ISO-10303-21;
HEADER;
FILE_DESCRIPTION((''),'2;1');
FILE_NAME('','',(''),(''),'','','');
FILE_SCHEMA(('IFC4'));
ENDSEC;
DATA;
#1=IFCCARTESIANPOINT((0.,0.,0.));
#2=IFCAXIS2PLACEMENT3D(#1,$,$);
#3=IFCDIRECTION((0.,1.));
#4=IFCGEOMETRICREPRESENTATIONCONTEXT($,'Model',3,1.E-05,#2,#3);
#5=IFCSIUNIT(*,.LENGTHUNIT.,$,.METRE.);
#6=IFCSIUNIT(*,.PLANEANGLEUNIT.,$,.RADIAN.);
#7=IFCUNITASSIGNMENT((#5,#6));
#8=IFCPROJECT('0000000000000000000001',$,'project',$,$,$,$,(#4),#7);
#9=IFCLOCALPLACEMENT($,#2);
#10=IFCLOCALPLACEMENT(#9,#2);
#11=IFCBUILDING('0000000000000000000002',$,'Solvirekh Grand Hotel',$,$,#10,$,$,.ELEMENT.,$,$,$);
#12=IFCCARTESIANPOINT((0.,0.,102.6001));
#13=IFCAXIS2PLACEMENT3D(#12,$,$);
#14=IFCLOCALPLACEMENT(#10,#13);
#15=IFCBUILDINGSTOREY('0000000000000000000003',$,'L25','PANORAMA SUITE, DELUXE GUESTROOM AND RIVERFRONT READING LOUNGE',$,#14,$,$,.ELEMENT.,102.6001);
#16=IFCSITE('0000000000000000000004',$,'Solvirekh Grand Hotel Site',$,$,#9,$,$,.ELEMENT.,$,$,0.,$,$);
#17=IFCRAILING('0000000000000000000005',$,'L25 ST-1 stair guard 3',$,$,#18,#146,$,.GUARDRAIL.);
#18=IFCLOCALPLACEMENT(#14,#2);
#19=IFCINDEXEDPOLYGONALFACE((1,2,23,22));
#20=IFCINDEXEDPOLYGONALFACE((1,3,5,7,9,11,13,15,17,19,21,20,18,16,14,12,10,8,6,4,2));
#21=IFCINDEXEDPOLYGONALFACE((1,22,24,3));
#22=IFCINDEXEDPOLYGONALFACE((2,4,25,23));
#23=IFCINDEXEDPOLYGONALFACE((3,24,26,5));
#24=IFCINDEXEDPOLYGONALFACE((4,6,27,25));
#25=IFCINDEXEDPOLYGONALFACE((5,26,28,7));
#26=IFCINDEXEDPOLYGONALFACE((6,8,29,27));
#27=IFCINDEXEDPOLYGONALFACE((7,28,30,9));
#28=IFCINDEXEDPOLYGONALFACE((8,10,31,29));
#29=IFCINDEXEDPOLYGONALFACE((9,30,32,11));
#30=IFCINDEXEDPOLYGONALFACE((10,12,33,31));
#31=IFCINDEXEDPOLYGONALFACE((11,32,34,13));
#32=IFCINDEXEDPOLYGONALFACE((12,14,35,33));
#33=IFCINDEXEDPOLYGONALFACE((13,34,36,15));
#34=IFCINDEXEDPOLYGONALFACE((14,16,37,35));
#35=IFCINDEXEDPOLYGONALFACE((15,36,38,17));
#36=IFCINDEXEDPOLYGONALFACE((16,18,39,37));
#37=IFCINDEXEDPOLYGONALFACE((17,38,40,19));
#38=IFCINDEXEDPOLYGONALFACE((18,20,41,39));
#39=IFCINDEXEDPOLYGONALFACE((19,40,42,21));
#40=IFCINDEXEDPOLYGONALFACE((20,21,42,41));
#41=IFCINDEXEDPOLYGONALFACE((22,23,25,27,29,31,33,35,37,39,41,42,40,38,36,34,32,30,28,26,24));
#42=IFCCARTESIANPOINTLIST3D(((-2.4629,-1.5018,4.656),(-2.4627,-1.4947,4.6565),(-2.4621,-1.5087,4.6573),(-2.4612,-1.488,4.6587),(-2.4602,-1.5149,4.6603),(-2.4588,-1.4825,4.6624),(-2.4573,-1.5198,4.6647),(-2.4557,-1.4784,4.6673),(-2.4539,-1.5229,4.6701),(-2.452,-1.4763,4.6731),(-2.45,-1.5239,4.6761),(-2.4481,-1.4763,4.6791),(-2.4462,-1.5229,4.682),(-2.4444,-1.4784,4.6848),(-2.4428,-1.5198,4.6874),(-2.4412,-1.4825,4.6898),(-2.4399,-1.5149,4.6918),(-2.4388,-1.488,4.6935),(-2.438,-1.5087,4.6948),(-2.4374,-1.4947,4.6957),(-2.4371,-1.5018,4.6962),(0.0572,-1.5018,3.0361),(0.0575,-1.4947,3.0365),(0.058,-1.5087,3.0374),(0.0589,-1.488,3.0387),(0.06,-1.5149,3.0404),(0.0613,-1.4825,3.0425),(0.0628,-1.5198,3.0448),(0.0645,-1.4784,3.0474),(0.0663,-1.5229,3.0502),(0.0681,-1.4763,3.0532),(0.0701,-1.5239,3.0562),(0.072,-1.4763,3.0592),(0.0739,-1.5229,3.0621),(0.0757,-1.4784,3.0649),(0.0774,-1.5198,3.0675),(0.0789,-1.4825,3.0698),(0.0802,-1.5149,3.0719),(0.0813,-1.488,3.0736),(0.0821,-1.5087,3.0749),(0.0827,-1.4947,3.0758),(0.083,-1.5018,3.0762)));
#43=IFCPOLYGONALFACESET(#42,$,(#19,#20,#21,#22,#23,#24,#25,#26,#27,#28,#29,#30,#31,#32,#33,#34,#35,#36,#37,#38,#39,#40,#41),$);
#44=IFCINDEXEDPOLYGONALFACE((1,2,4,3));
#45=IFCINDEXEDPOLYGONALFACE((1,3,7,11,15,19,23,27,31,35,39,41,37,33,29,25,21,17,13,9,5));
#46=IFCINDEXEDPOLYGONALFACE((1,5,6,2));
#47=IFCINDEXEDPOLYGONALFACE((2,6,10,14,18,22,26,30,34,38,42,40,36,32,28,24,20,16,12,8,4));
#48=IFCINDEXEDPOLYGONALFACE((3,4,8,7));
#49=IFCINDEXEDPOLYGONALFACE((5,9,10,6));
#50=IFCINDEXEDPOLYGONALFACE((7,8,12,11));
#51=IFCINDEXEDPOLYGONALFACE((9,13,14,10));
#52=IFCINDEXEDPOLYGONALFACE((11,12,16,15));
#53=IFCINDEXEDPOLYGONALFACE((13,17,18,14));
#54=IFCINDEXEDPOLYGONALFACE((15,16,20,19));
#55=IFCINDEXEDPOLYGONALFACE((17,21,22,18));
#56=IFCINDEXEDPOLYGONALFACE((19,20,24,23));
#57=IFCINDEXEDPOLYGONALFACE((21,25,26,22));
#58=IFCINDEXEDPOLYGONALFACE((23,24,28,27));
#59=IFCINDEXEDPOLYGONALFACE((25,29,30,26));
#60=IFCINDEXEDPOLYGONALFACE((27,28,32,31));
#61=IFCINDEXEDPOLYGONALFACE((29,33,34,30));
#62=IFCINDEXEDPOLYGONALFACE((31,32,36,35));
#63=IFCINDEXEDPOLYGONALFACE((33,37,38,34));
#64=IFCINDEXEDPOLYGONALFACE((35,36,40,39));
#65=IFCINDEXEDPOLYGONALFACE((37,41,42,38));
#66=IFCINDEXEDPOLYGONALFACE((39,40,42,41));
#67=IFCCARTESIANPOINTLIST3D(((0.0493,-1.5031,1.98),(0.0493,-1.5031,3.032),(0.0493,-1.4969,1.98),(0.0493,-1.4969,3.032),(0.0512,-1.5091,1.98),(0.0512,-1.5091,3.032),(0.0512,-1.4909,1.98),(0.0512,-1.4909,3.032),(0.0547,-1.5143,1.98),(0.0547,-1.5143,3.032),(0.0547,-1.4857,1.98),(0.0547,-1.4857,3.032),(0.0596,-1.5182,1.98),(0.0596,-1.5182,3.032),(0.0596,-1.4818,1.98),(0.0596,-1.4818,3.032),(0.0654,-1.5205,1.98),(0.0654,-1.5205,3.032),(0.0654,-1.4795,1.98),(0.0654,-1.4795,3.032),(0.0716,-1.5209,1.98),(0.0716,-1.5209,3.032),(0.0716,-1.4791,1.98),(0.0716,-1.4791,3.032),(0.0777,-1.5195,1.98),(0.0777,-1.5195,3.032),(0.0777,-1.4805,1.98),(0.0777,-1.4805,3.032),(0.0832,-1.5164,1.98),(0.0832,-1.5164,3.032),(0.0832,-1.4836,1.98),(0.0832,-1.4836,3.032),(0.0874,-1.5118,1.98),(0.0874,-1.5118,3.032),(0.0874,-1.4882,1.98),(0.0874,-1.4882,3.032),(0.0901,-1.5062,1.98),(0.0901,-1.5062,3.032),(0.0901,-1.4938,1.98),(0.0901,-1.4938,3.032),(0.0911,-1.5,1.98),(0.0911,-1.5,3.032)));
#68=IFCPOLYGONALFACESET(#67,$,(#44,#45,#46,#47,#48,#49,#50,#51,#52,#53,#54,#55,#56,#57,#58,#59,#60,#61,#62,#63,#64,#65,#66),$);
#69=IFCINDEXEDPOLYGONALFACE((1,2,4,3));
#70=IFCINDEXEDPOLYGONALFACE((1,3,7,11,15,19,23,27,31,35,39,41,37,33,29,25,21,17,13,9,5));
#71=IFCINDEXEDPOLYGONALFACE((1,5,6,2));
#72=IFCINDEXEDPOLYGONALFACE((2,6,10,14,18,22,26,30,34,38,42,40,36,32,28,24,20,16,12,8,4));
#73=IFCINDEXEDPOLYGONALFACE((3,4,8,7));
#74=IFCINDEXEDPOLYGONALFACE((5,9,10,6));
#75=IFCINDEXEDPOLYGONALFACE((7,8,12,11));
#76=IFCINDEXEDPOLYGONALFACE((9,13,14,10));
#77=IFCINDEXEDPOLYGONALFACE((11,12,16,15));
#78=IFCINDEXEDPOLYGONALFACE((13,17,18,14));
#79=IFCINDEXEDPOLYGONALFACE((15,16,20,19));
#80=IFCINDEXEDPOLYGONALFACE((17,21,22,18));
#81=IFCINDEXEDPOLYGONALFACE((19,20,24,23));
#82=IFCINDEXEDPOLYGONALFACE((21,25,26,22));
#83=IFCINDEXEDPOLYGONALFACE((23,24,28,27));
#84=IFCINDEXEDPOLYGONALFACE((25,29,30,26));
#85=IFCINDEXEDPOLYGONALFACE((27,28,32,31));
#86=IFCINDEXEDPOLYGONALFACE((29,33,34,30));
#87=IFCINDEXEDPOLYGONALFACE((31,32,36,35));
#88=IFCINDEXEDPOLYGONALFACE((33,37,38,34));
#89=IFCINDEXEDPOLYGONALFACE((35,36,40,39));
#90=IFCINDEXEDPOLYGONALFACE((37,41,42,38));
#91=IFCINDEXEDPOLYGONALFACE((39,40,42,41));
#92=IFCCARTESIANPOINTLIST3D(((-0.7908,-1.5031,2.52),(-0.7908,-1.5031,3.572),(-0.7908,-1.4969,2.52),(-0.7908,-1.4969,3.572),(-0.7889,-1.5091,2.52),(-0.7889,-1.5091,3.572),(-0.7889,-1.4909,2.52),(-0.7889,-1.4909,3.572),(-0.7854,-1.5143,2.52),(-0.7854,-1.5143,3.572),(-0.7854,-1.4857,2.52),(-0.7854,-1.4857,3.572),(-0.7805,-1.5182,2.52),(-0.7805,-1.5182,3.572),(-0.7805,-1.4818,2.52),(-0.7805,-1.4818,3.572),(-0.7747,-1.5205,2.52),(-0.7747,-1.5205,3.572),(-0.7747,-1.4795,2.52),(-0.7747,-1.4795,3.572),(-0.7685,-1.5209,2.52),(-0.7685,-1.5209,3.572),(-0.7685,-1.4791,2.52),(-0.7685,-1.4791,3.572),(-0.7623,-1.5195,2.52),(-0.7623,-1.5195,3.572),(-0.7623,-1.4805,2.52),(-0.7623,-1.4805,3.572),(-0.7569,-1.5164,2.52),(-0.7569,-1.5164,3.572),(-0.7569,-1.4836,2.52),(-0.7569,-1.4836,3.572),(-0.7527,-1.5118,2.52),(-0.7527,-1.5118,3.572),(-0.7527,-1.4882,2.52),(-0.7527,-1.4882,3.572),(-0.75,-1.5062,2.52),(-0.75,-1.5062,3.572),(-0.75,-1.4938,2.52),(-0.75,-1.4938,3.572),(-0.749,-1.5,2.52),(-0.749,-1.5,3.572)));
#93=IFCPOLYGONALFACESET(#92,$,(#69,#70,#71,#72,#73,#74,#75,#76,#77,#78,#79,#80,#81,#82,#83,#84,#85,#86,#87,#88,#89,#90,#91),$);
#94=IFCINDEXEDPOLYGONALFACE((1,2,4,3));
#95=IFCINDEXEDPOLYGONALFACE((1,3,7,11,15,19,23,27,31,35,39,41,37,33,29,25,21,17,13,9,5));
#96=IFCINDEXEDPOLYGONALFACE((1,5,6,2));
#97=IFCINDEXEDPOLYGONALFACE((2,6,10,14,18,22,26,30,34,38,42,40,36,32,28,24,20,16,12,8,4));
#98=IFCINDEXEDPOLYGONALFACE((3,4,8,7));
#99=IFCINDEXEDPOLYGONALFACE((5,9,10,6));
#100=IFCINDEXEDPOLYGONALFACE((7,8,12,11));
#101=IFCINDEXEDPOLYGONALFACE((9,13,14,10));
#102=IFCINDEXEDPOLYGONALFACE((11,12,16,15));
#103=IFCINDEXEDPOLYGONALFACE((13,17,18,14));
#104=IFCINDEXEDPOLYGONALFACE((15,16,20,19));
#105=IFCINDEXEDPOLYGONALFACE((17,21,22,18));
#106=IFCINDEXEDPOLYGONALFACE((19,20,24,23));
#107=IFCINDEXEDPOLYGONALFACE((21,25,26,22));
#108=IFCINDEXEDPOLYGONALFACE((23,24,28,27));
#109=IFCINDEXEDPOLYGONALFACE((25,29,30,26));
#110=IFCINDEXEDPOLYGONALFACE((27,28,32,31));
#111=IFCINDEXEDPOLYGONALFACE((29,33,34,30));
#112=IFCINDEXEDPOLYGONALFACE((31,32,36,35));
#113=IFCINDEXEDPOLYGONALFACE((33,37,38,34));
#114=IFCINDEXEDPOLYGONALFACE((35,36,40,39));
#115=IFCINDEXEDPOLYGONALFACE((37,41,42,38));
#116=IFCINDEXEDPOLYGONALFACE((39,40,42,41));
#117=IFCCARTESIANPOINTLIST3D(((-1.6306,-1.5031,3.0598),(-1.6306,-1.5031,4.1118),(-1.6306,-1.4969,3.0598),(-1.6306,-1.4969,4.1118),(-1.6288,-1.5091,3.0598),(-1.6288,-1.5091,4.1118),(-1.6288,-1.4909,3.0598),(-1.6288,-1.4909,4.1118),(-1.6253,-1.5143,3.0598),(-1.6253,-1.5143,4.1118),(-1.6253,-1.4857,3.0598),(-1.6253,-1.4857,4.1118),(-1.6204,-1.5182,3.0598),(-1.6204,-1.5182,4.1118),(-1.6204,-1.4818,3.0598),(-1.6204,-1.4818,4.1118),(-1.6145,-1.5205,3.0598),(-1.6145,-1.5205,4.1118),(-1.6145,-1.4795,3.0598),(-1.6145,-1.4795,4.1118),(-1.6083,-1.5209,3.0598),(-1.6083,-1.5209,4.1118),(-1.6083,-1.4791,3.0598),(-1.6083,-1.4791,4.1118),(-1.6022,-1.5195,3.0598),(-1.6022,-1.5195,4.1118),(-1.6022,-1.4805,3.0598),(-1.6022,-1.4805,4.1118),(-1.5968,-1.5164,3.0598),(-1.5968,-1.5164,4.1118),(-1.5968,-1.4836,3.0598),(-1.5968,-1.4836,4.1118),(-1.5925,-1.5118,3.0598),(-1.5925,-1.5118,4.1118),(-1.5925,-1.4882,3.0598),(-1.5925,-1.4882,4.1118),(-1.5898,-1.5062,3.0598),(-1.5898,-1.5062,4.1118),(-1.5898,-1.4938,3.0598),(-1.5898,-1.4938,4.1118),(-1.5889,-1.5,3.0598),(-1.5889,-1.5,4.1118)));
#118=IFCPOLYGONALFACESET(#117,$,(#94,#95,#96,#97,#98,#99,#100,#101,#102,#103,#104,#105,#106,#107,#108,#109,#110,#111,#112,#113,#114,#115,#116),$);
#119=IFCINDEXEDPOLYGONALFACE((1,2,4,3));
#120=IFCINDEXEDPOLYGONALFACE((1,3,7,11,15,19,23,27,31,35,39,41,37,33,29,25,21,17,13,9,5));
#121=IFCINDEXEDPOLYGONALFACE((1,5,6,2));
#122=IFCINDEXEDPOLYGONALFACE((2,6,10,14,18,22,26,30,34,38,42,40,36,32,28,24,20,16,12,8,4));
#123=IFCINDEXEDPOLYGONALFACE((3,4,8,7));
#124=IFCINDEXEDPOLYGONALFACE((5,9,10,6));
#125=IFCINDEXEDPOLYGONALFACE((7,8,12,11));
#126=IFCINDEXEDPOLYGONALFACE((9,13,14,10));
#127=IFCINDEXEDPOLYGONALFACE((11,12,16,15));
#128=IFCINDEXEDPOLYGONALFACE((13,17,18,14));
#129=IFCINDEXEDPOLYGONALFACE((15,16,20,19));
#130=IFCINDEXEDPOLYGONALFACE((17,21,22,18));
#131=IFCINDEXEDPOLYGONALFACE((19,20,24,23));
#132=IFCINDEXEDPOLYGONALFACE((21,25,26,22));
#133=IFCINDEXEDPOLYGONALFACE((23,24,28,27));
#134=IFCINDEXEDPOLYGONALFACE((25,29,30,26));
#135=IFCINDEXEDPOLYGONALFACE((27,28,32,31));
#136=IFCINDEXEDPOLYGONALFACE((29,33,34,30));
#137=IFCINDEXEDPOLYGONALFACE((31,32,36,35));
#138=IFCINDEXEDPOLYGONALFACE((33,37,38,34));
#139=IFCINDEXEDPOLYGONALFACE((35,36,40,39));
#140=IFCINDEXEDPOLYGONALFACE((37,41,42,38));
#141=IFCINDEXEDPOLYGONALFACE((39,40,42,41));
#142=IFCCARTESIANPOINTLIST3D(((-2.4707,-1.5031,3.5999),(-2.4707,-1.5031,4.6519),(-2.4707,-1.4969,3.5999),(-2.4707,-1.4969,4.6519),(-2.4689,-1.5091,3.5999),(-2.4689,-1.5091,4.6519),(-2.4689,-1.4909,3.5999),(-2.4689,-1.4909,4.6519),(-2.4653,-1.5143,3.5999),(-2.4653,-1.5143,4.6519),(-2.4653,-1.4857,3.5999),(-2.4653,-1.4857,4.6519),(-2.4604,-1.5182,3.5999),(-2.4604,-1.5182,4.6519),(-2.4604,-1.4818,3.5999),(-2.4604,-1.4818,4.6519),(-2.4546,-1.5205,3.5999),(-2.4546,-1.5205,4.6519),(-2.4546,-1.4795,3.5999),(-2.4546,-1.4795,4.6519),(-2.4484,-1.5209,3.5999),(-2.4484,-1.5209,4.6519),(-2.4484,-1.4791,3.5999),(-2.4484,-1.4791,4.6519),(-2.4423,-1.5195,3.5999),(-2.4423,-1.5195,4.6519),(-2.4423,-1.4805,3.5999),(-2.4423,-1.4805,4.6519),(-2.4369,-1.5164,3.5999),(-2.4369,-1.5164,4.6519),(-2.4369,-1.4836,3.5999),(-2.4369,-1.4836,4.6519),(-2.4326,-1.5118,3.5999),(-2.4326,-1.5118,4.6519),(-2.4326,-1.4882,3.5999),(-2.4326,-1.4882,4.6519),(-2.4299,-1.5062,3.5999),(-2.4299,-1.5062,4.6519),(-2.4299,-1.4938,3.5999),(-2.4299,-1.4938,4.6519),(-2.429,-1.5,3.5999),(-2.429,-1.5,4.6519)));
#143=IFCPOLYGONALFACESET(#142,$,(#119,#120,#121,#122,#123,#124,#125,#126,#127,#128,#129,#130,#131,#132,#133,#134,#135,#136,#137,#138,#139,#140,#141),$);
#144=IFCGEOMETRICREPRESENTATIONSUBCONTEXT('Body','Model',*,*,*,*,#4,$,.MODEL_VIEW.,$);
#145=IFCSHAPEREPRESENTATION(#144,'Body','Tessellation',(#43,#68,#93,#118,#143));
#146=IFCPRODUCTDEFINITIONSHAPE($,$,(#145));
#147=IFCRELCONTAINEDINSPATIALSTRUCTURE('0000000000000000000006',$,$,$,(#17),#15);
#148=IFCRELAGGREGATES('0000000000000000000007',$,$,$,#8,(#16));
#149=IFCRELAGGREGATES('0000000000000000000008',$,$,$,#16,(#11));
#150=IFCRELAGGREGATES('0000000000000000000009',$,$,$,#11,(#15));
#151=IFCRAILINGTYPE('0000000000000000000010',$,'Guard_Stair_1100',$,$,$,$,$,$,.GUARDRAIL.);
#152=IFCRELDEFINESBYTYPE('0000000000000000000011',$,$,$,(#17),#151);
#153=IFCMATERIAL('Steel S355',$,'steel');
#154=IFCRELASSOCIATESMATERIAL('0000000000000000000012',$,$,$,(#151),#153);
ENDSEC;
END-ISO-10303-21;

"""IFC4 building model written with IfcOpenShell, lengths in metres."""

from ifc_helpers import new_model, si_unit, direction, frame, origin, origin_2d, place, context, subcontext, project, spatial, circle, extrude, material, type_object, element, save


model = new_model("IFC4")

# Units and contexts
model_context = context("Model", 3, precision=1e-05, world=origin(), true_north=direction((0.0, 1.0)))
body_context = subcontext(model_context, "Body", "Model", "MODEL_VIEW")
ifc_project = project(units=[si_unit("LENGTHUNIT", "METRE"), si_unit("PLANEANGLEUNIT", "RADIAN")], contexts=[model_context])

# Site, building, storey
site_placement = place(None, origin())
site = spatial("IfcSite", under=ifc_project, at=site_placement, Name="Solvirekh Grand Hotel Site", CompositionType="ELEMENT", RefElevation=0.0)
building_placement = place(site_placement, origin())
building = spatial("IfcBuilding", under=site, at=building_placement, Name="Solvirekh Grand Hotel", CompositionType="ELEMENT")
storey_placement = place(building_placement, frame((0.0, 0.0, 102.6001)))
storey = spatial("IfcBuildingStorey", under=building, at=storey_placement, Name="L25", Description="PANORAMA SUITE, DELUXE GUESTROOM AND RIVERFRONT READING LOUNGE", CompositionType="ELEMENT", Elevation=102.6001)

# Railing
ifc_material_1 = material(Name="Steel S355", Category="steel")
railing_type_1 = type_object("IfcRailingType", Name="Guard_Stair_1100", PredefinedType="GUARDRAIL", material=ifc_material_1)
railing_1_placement = place(storey_placement, frame((0.0701, -1.5, 1.98)))
element("IfcRailing", 1, at=railing_1_placement, inside=storey, type_object=railing_type_1, Name="L25 ST-1 stair guard 3", PredefinedType="GUARDRAIL", context=body_context, shape_type="SweptSolid", body=[
    extrude(circle(Radius=0.0239, at=origin_2d()), frame((0.0, 0.0, 1.0762), z_axis=(-0.8412, 0.0, 0.540725), x_axis=(0.0, -1.0, 0.0)), (0.0, 0.0, 1.0), 2.9958),
    extrude(circle(Radius=0.021, at=origin_2d()), origin(), (0.0, 0.0, 1.0), 1.052),
    extrude(circle(Radius=0.021, at=origin_2d()), frame((-0.8401, 0.0, 0.54)), (0.0, 0.0, 1.0), 1.052),
    extrude(circle(Radius=0.021, at=origin_2d()), frame((-1.6799, 0.0, 1.0798)), (0.0, 0.0, 1.0), 1.052),
    extrude(circle(Radius=0.021, at=origin_2d()), frame((-2.52, 0.0, 1.6199)), (0.0, 0.0, 1.0), 1.052),
])

save(model, "model.ifc")
